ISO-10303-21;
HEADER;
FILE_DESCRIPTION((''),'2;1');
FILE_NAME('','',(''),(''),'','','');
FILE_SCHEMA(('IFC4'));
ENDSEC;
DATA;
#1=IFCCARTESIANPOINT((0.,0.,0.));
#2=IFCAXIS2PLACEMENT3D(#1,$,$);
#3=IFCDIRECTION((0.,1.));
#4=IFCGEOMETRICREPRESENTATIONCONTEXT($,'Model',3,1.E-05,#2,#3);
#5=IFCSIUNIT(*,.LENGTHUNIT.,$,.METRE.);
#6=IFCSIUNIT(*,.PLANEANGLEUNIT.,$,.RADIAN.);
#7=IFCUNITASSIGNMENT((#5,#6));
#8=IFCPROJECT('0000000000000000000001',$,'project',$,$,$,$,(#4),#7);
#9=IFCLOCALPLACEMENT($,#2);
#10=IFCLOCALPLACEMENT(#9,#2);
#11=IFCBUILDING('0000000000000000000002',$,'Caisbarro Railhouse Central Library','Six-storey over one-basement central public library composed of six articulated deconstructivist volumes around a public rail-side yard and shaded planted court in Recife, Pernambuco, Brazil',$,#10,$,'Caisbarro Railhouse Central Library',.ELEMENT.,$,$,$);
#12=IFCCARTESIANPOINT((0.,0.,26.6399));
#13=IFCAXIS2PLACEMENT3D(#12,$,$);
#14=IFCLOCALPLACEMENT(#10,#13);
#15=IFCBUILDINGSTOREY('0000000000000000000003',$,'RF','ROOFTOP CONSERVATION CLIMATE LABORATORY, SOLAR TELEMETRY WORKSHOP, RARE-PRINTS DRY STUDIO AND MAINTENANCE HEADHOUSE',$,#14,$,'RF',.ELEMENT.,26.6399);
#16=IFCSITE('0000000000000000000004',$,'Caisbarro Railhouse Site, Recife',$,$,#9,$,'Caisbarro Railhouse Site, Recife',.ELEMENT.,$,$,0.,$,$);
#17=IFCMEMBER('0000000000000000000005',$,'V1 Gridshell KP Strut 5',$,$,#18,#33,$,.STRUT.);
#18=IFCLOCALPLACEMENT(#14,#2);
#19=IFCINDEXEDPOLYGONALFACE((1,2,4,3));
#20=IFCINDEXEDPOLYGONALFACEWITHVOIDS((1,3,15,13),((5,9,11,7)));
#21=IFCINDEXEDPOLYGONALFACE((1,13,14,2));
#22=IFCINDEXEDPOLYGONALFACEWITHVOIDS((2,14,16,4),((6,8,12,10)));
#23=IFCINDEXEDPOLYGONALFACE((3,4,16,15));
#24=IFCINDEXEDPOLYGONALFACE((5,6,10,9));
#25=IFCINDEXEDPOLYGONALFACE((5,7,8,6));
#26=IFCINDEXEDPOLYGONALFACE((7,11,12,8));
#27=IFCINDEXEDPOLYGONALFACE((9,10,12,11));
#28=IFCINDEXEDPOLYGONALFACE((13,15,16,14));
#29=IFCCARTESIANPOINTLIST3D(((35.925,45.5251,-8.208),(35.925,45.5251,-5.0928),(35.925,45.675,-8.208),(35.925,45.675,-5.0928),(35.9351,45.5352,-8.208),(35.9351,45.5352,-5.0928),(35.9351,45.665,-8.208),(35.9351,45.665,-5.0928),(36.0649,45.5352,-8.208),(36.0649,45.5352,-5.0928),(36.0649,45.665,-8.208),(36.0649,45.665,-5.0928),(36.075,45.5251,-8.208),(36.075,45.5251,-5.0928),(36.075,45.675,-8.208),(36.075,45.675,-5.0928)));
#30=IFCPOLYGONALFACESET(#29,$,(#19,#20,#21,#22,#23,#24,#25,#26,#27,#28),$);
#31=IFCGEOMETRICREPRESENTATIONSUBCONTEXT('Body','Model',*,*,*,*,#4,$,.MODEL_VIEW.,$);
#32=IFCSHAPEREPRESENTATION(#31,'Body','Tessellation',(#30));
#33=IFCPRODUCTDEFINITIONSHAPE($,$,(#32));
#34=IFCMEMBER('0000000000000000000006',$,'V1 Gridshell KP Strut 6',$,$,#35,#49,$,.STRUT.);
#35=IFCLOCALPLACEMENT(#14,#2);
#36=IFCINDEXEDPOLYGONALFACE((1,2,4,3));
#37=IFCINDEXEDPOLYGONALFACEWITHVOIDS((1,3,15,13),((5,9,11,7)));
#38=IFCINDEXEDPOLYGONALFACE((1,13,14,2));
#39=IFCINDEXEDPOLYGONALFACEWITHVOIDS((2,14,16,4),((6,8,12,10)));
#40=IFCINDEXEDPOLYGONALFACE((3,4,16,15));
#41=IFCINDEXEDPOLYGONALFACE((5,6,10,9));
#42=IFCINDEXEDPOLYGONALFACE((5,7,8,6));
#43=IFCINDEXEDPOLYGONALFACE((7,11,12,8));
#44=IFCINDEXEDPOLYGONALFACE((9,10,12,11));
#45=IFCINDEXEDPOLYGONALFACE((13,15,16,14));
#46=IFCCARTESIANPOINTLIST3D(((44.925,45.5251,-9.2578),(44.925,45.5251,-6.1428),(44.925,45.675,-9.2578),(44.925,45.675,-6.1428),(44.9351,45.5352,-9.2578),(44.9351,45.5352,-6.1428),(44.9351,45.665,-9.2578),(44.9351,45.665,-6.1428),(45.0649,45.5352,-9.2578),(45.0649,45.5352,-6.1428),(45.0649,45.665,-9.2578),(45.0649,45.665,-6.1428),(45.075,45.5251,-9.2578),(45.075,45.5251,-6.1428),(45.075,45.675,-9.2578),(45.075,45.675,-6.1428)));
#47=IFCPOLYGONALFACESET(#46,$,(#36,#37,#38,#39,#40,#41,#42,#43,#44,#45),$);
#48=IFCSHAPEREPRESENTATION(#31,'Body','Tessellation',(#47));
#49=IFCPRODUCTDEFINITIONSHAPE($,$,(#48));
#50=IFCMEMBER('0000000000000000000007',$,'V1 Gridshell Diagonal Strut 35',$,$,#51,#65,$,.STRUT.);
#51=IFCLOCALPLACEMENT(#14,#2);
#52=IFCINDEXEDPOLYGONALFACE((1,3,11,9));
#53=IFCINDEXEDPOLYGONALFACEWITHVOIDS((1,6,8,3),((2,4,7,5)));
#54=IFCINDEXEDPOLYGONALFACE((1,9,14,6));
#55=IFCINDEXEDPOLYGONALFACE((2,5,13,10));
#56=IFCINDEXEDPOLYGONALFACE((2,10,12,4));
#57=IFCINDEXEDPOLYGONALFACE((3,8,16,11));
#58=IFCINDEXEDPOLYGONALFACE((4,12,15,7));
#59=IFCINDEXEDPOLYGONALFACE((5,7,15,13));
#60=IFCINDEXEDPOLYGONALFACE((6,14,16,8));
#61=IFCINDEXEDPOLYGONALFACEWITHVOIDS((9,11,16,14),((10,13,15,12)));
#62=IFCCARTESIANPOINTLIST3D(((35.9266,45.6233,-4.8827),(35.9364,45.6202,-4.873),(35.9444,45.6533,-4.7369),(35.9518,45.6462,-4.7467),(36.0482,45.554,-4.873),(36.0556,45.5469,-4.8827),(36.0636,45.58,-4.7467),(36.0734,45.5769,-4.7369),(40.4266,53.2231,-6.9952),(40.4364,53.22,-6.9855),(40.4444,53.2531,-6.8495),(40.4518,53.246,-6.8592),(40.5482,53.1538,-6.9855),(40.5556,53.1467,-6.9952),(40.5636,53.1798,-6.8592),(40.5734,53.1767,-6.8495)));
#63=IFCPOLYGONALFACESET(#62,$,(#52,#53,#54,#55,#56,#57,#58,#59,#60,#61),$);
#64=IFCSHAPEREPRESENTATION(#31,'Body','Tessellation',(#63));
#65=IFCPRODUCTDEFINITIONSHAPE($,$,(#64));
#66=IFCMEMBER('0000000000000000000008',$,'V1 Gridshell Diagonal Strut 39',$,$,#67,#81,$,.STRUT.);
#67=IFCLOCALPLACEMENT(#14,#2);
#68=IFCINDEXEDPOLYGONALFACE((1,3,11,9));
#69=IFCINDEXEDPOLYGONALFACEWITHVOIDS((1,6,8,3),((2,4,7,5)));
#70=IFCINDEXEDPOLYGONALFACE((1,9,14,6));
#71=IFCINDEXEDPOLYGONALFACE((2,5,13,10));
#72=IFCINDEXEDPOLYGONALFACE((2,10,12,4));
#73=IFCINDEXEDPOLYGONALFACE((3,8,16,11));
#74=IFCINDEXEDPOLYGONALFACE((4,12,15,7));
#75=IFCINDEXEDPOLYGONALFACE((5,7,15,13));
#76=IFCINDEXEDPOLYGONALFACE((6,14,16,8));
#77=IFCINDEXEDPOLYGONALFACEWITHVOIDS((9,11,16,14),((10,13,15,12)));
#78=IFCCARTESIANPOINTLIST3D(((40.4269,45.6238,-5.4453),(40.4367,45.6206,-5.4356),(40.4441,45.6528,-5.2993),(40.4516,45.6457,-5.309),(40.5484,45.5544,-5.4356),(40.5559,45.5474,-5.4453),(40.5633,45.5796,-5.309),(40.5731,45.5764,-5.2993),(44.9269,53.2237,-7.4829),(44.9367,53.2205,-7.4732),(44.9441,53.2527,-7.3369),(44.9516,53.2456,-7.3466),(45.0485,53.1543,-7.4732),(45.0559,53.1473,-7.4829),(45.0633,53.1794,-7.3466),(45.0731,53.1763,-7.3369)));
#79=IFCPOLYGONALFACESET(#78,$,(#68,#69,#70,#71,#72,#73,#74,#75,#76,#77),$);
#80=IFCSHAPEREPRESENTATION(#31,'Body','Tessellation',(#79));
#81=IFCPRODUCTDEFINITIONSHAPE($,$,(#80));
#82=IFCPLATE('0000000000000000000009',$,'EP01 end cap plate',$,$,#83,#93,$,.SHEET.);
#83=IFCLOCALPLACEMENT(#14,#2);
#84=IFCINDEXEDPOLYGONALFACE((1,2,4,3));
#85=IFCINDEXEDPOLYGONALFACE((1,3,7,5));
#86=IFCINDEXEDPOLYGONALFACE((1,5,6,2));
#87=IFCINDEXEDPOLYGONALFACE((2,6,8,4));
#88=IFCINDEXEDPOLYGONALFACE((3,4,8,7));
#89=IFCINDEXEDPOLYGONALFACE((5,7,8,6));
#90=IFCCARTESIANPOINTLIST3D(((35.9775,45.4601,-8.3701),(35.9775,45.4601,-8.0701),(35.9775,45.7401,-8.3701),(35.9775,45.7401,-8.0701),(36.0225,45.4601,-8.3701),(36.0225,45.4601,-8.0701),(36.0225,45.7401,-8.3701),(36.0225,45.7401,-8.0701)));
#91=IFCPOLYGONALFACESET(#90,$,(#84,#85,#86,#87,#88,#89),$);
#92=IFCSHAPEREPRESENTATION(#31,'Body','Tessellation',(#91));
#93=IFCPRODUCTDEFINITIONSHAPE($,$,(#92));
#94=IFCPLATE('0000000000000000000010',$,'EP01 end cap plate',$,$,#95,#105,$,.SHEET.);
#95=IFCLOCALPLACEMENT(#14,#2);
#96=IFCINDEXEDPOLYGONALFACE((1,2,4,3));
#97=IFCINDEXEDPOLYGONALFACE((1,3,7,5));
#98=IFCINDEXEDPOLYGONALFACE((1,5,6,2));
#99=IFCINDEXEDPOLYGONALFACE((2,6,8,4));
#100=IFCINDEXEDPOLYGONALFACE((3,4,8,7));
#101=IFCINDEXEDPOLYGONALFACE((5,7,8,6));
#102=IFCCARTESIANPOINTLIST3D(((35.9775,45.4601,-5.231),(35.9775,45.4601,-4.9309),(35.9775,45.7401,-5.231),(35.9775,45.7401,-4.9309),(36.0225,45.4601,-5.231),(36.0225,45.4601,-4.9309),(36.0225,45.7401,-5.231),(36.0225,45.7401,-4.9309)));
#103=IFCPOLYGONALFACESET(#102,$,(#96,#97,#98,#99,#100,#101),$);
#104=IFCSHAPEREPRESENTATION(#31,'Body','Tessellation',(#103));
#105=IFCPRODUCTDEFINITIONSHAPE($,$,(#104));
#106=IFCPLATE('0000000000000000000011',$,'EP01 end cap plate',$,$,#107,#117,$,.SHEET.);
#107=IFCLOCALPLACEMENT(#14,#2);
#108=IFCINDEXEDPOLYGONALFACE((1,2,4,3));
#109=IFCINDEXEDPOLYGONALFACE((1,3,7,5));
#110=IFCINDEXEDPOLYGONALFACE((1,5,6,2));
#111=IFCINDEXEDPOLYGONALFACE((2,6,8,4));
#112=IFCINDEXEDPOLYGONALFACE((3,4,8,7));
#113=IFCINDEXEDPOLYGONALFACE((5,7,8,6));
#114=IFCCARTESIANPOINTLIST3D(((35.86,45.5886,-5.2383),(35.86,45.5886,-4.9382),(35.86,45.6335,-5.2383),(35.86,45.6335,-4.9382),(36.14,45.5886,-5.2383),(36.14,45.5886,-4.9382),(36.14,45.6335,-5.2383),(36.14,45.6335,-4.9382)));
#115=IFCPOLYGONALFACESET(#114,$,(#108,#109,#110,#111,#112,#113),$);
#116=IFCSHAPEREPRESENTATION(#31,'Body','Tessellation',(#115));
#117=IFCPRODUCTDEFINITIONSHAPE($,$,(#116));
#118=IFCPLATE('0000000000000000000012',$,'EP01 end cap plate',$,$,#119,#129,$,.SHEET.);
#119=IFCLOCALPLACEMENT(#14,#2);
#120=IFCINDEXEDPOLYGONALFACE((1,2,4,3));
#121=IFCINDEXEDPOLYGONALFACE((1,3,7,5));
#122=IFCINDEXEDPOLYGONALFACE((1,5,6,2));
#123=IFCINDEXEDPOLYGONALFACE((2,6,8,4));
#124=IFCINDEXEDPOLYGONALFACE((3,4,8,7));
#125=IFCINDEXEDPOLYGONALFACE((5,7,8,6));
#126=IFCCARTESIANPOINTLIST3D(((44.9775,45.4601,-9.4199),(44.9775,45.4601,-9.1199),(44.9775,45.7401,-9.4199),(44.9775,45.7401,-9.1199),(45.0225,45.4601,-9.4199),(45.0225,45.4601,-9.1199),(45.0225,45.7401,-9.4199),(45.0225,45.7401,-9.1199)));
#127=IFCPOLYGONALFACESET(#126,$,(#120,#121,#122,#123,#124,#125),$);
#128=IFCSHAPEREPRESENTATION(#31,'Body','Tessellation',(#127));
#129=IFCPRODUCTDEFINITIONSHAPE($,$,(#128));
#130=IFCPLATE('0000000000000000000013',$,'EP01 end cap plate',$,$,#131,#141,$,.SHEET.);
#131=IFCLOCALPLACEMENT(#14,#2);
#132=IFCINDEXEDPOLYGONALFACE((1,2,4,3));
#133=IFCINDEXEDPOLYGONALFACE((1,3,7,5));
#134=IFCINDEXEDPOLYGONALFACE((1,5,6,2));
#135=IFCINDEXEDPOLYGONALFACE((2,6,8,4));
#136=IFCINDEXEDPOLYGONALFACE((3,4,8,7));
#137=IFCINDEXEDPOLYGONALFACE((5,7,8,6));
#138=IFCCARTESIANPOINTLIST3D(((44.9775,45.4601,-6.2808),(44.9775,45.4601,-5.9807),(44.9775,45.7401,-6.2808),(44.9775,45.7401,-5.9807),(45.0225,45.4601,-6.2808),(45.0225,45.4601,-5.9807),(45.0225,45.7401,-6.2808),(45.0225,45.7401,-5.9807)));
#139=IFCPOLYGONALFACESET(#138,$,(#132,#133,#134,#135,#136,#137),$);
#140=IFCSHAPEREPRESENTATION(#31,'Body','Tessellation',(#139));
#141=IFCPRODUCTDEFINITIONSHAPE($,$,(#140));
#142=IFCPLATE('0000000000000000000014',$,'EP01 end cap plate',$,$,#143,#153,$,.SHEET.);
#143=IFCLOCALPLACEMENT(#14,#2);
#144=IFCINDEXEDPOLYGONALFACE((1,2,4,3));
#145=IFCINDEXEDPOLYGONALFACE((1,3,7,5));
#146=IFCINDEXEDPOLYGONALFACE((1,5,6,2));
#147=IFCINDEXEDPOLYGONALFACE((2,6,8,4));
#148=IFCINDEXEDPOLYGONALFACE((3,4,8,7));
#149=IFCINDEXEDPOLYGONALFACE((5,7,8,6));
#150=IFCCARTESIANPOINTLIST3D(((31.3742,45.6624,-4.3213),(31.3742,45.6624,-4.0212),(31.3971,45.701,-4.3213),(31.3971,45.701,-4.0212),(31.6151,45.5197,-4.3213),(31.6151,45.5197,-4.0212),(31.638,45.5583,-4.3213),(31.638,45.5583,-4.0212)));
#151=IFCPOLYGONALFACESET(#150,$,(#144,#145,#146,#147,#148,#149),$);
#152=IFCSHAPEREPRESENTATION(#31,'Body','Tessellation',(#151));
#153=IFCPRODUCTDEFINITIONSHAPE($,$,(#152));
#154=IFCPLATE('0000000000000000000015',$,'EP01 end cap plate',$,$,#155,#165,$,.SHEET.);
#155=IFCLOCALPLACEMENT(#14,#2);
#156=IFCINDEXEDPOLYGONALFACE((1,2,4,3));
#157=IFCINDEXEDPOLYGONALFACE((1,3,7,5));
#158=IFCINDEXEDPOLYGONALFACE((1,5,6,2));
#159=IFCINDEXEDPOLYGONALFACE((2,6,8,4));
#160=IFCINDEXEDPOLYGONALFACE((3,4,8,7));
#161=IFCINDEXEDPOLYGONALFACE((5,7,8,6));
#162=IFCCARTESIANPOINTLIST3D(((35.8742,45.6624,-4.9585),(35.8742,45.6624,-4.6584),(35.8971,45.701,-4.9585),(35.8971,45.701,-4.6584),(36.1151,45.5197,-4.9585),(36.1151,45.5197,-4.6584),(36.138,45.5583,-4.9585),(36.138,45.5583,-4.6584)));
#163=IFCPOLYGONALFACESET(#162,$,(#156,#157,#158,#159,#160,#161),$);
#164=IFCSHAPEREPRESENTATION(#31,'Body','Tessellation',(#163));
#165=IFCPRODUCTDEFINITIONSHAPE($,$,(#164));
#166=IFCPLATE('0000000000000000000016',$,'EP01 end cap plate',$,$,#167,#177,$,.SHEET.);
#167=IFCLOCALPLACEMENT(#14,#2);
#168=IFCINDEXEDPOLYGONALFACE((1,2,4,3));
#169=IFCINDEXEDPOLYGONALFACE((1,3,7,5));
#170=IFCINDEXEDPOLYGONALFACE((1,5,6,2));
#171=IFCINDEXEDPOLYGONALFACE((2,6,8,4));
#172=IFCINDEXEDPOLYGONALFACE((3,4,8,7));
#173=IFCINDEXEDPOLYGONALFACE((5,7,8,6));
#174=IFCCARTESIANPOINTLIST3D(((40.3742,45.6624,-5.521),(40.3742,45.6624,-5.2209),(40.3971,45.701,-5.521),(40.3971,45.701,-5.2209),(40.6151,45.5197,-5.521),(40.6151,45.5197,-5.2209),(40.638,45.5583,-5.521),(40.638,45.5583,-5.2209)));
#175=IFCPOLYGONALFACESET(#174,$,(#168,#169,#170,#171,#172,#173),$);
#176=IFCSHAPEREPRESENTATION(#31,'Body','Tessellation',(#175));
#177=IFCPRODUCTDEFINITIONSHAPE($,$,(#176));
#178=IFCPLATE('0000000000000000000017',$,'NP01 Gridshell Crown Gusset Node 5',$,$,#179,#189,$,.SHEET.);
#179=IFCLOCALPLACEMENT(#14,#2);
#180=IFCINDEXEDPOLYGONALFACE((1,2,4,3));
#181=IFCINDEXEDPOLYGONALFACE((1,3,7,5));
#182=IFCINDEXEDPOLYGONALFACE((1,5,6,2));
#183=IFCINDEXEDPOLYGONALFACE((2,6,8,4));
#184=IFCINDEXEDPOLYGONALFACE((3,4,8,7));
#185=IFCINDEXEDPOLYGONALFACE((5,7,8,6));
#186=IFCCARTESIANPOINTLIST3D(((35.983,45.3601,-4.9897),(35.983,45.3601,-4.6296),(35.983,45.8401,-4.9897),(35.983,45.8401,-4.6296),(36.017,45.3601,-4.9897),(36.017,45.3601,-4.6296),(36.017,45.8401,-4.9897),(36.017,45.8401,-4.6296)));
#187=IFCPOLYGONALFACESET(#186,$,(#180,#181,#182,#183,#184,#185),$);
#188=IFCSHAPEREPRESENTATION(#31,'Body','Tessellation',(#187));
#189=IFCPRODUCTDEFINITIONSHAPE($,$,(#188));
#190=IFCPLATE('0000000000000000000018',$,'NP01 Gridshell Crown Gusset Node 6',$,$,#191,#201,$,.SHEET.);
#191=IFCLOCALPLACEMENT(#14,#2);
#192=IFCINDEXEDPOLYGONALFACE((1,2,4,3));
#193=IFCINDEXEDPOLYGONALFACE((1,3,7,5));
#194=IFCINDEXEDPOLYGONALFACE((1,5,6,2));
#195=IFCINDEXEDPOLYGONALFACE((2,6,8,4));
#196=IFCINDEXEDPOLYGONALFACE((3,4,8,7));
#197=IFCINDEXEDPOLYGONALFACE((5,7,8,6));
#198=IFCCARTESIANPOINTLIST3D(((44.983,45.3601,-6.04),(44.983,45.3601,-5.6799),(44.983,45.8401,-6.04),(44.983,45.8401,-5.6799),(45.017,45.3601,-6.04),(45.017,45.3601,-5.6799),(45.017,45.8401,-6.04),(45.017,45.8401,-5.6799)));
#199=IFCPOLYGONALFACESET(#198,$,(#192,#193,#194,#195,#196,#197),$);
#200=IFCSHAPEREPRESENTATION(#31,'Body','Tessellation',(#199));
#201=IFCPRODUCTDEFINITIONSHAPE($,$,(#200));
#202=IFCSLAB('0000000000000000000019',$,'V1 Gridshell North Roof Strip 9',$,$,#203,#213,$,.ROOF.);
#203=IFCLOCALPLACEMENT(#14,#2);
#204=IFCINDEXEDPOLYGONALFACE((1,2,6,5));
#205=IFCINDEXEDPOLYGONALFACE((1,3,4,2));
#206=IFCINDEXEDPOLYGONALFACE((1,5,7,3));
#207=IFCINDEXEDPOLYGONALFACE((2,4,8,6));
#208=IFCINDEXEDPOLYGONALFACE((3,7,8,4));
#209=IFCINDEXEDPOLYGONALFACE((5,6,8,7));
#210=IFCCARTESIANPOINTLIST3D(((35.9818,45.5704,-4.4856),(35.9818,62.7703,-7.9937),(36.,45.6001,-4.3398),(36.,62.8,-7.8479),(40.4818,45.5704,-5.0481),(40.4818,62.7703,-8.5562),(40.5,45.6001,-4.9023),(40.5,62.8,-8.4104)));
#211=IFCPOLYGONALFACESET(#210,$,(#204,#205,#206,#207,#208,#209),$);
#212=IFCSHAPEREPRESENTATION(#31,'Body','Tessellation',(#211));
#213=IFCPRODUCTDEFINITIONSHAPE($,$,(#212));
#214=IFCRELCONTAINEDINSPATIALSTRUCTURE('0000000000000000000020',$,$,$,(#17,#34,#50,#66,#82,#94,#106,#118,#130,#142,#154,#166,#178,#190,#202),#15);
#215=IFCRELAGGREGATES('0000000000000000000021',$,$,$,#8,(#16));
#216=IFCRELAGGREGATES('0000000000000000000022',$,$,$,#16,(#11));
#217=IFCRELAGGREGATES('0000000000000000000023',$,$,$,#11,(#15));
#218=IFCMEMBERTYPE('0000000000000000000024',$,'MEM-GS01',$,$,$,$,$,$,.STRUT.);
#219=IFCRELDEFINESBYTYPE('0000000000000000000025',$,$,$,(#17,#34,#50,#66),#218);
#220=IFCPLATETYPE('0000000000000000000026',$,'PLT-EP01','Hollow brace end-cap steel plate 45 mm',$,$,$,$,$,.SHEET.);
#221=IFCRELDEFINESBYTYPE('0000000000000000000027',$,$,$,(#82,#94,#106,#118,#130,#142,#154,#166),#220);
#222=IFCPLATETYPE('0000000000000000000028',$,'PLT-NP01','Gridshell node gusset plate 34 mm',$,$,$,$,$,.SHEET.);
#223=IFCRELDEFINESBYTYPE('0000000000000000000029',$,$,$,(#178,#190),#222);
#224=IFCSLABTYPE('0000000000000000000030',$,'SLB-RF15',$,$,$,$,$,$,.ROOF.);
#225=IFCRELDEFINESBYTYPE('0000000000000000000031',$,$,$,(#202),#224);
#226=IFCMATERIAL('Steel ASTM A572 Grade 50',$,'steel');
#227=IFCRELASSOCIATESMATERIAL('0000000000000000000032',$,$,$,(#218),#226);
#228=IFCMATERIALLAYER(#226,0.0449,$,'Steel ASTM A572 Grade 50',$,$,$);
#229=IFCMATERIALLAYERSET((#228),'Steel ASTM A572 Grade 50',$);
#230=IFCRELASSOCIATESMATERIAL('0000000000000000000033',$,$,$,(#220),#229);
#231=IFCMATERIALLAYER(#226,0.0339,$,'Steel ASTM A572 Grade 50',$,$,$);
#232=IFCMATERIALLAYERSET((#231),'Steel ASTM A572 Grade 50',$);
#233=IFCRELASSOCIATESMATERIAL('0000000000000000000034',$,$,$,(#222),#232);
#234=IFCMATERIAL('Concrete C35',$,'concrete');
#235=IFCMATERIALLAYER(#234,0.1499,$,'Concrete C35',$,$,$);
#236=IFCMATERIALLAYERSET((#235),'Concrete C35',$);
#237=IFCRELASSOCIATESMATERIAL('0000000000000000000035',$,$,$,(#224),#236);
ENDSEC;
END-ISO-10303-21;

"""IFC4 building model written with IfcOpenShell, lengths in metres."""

from ifc_helpers import new_model, si_unit, direction, frame, origin, origin_2d, place, context, subcontext, project, spatial, polyline, rectangle, hollow_rectangle, outline, extrude, material, layer, layer_set, material_profile, profile_set, type_object, element, save


model = new_model("IFC4")

# Units and contexts
model_context = context("Model", 3, precision=1e-05, world=origin(), true_north=direction((0.0, 1.0)))
body_context = subcontext(model_context, "Body", "Model", "MODEL_VIEW")
ifc_project = project(units=[si_unit("LENGTHUNIT", "METRE"), si_unit("PLANEANGLEUNIT", "RADIAN")], contexts=[model_context])

# Site, building, storey
site_placement = place(None, origin())
site = spatial("IfcSite", under=ifc_project, at=site_placement, Name="Caisbarro Railhouse Site, Recife", LongName="Caisbarro Railhouse Site, Recife", CompositionType="ELEMENT", RefElevation=0.0)
building_placement = place(site_placement, origin())
building = spatial("IfcBuilding", under=site, at=building_placement, Name="Caisbarro Railhouse Central Library", Description="Six-storey over one-basement central public library composed of six articulated deconstructivist volumes around a public rail-side yard and shaded planted court in Recife, Pernambuco, Brazil", LongName="Caisbarro Railhouse Central Library", CompositionType="ELEMENT")
storey_placement = place(building_placement, frame((0.0, 0.0, 26.6399)))
storey = spatial("IfcBuildingStorey", under=building, at=storey_placement, Name="RF", Description="ROOFTOP CONSERVATION CLIMATE LABORATORY, SOLAR TELEMETRY WORKSHOP, RARE-PRINTS DRY STUDIO AND MAINTENANCE HEADHOUSE", LongName="RF", CompositionType="ELEMENT", Elevation=26.6399)

# Shared definitions
ifc_material_1 = material(Name="Steel ASTM A572 Grade 50", Category="steel")

# Members
ifc_material_profile_1 = material_profile(ifc_material_1, hollow_rectangle(XDim=0.1499, YDim=0.1499, WallThickness=0.01, at=origin_2d()), Name="HSS150X150X10")
ifc_profile_set_1 = profile_set([ifc_material_profile_1], Name="Steel ASTM A572 Grade 50")
member_type = type_object("IfcMemberType", Name="MEM-GS01", PredefinedType="STRUT", material=ifc_profile_set_1)
member_1_placement = place(storey_placement, frame((36.0, 45.6001, -8.208), z_axis=(0.0, 0.0, 1.0), x_axis=(1.0, 0.0, 0.0)))
element("IfcMember", 1, at=member_1_placement, inside=storey, type_object=member_type, Name="V1 Gridshell KP Strut 5", PredefinedType="STRUT", context=body_context, shape_type="SweptSolid", body=[
    extrude(hollow_rectangle(XDim=0.1499, YDim=0.1499, WallThickness=0.01, at=origin_2d()), origin(), (0.0, 0.0, 1.0), 3.1152),
])
member_2_placement = place(storey_placement, frame((45.0, 45.6001, -9.2578), z_axis=(0.0, 0.0, 1.0), x_axis=(1.0, 0.0, 0.0)))
element("IfcMember", 2, at=member_2_placement, inside=storey, type_object=member_type, Name="V1 Gridshell KP Strut 6", PredefinedType="STRUT", context=body_context, shape_type="SweptSolid", body=[
    extrude(hollow_rectangle(XDim=0.1499, YDim=0.1499, WallThickness=0.01, at=origin_2d()), origin(), (0.0, 0.0, 1.0), 3.115),
])
member_3_placement = place(storey_placement, frame((36.0, 45.6001, -4.8098), z_axis=(0.495522, 0.836865, -0.232625), x_axis=(-0.860471, 0.509499, 0.0)))
element("IfcMember", 3, at=member_3_placement, inside=storey, type_object=member_type, Name="V1 Gridshell Diagonal Strut 35", PredefinedType="STRUT", context=body_context, shape_type="SweptSolid", body=[
    extrude(hollow_rectangle(XDim=0.1499, YDim=0.1499, WallThickness=0.01, at=origin_2d()), origin(), (0.0, 0.0, 1.0), 9.0813),
])
member_4_placement = place(storey_placement, frame((40.5, 45.6001, -5.3723), z_axis=(0.496459, 0.838448, -0.224796), x_axis=(-0.860471, 0.509499, 0.0)))
element("IfcMember", 4, at=member_4_placement, inside=storey, type_object=member_type, Name="V1 Gridshell Diagonal Strut 39", PredefinedType="STRUT", context=body_context, shape_type="SweptSolid", body=[
    extrude(hollow_rectangle(XDim=0.1499, YDim=0.1499, WallThickness=0.01, at=origin_2d()), origin(), (0.0, 0.0, 1.0), 9.0642),
])

# Plates
ifc_layer_1 = layer(ifc_material_1, 0.0449, Name="Steel ASTM A572 Grade 50")
ifc_layer_set_1 = layer_set([ifc_layer_1], Name="Steel ASTM A572 Grade 50")
plate_type_1 = type_object("IfcPlateType", Name="PLT-EP01", Description="Hollow brace end-cap steel plate 45 mm", PredefinedType="SHEET", material=ifc_layer_set_1)
for number, where, z_axis, x_axis, name in (
    (5, (36.0, 45.6001, -8.3701), (0.0, 0.0, 1.0), (1.0, 0.0, 0.0), "EP01 end cap plate"),
    (6, (36.0, 45.6001, -5.231), (0.0, 0.0, 1.0), (1.0, 0.0, 0.0), "EP01 end cap plate"),
    (7, (36.0, 45.6111, -5.2383), (0.0, 0.0, 1.0), (0.0, 1.0, 0.0), "EP01 end cap plate"),
    (8, (45.0, 45.6001, -9.4199), (0.0, 0.0, 1.0), (1.0, 0.0, 0.0), "EP01 end cap plate"),
    (9, (45.0, 45.6001, -6.2808), (0.0, 0.0, 1.0), (1.0, 0.0, 0.0), "EP01 end cap plate"),
    (10, (31.5061, 45.6104, -4.3213), (0.0, 0.0, 1.0), (0.509492, 0.860475, 0.0), "EP01 end cap plate"),
    (11, (36.0061, 45.6104, -4.9585), (0.0, 0.0, 1.0), (0.509492, 0.860475, 0.0), "EP01 end cap plate"),
    (12, (40.5061, 45.6104, -5.521), (0.0, 0.0, 1.0), (0.509492, 0.860475, 0.0), "EP01 end cap plate"),
):
    element("IfcPlate", number, at=place(storey_placement, frame(where, z_axis=z_axis, x_axis=x_axis)), inside=storey, type_object=plate_type_1, Name=name, PredefinedType="SHEET", context=body_context, shape_type="SweptSolid", body=[
        extrude(rectangle(XDim=0.0449, YDim=0.28, at=origin_2d()), origin(), (0.0, 0.0, 1.0), 0.3),
    ])
ifc_layer_2 = layer(ifc_material_1, 0.0339, Name="Steel ASTM A572 Grade 50")
ifc_layer_set_2 = layer_set([ifc_layer_2], Name="Steel ASTM A572 Grade 50")
plate_type_2 = type_object("IfcPlateType", Name="PLT-NP01", Description="Gridshell node gusset plate 34 mm", PredefinedType="SHEET", material=ifc_layer_set_2)
for number, where, z_axis, x_axis, name in (
    (13, (36.0, 45.6001, -4.9897), (0.0, 0.0, 1.0), (0.0, 1.0, 0.0), "NP01 Gridshell Crown Gusset Node 5"),
    (14, (45.0, 45.6001, -6.04), (0.0, 0.0, 1.0), (0.0, 1.0, 0.0), "NP01 Gridshell Crown Gusset Node 6"),
):
    element("IfcPlate", number, at=place(storey_placement, frame(where, z_axis=z_axis, x_axis=x_axis)), inside=storey, type_object=plate_type_2, Name=name, PredefinedType="SHEET", context=body_context, shape_type="SweptSolid", body=[
        extrude(rectangle(XDim=0.48, YDim=0.0339, at=origin_2d()), origin(), (0.0, 0.0, 1.0), 0.3601),
    ])

# Slab
ifc_material_2 = material(Name="Concrete C35", Category="concrete")
ifc_layer_3 = layer(ifc_material_2, 0.1499, Name="Concrete C35")
ifc_layer_set_3 = layer_set([ifc_layer_3], Name="Concrete C35")
slab_type = type_object("IfcSlabType", Name="SLB-RF15", PredefinedType="ROOF", material=ifc_layer_set_3)
slab_1_placement = place(storey_placement, frame((36.0, 45.6001, -4.3398), z_axis=(0.12157, 0.198361, 0.97256), x_axis=(0.992278, 0.0, -0.124035)))
element("IfcSlab", 15, at=slab_1_placement, inside=storey, type_object=slab_type, Name="V1 Gridshell North Roof Strip 9", PredefinedType="ROOF", context=body_context, shape_type="SweptSolid", body=[
    extrude(outline(polyline([(0.0, 0.0), (4.535, 0.0), (4.9701, 17.5487), (0.4351, 17.5487), (0.0, 0.0)])), origin(), (0.0, 0.0, -1.0), 0.1499),
])

save(model, "model.ifc")
